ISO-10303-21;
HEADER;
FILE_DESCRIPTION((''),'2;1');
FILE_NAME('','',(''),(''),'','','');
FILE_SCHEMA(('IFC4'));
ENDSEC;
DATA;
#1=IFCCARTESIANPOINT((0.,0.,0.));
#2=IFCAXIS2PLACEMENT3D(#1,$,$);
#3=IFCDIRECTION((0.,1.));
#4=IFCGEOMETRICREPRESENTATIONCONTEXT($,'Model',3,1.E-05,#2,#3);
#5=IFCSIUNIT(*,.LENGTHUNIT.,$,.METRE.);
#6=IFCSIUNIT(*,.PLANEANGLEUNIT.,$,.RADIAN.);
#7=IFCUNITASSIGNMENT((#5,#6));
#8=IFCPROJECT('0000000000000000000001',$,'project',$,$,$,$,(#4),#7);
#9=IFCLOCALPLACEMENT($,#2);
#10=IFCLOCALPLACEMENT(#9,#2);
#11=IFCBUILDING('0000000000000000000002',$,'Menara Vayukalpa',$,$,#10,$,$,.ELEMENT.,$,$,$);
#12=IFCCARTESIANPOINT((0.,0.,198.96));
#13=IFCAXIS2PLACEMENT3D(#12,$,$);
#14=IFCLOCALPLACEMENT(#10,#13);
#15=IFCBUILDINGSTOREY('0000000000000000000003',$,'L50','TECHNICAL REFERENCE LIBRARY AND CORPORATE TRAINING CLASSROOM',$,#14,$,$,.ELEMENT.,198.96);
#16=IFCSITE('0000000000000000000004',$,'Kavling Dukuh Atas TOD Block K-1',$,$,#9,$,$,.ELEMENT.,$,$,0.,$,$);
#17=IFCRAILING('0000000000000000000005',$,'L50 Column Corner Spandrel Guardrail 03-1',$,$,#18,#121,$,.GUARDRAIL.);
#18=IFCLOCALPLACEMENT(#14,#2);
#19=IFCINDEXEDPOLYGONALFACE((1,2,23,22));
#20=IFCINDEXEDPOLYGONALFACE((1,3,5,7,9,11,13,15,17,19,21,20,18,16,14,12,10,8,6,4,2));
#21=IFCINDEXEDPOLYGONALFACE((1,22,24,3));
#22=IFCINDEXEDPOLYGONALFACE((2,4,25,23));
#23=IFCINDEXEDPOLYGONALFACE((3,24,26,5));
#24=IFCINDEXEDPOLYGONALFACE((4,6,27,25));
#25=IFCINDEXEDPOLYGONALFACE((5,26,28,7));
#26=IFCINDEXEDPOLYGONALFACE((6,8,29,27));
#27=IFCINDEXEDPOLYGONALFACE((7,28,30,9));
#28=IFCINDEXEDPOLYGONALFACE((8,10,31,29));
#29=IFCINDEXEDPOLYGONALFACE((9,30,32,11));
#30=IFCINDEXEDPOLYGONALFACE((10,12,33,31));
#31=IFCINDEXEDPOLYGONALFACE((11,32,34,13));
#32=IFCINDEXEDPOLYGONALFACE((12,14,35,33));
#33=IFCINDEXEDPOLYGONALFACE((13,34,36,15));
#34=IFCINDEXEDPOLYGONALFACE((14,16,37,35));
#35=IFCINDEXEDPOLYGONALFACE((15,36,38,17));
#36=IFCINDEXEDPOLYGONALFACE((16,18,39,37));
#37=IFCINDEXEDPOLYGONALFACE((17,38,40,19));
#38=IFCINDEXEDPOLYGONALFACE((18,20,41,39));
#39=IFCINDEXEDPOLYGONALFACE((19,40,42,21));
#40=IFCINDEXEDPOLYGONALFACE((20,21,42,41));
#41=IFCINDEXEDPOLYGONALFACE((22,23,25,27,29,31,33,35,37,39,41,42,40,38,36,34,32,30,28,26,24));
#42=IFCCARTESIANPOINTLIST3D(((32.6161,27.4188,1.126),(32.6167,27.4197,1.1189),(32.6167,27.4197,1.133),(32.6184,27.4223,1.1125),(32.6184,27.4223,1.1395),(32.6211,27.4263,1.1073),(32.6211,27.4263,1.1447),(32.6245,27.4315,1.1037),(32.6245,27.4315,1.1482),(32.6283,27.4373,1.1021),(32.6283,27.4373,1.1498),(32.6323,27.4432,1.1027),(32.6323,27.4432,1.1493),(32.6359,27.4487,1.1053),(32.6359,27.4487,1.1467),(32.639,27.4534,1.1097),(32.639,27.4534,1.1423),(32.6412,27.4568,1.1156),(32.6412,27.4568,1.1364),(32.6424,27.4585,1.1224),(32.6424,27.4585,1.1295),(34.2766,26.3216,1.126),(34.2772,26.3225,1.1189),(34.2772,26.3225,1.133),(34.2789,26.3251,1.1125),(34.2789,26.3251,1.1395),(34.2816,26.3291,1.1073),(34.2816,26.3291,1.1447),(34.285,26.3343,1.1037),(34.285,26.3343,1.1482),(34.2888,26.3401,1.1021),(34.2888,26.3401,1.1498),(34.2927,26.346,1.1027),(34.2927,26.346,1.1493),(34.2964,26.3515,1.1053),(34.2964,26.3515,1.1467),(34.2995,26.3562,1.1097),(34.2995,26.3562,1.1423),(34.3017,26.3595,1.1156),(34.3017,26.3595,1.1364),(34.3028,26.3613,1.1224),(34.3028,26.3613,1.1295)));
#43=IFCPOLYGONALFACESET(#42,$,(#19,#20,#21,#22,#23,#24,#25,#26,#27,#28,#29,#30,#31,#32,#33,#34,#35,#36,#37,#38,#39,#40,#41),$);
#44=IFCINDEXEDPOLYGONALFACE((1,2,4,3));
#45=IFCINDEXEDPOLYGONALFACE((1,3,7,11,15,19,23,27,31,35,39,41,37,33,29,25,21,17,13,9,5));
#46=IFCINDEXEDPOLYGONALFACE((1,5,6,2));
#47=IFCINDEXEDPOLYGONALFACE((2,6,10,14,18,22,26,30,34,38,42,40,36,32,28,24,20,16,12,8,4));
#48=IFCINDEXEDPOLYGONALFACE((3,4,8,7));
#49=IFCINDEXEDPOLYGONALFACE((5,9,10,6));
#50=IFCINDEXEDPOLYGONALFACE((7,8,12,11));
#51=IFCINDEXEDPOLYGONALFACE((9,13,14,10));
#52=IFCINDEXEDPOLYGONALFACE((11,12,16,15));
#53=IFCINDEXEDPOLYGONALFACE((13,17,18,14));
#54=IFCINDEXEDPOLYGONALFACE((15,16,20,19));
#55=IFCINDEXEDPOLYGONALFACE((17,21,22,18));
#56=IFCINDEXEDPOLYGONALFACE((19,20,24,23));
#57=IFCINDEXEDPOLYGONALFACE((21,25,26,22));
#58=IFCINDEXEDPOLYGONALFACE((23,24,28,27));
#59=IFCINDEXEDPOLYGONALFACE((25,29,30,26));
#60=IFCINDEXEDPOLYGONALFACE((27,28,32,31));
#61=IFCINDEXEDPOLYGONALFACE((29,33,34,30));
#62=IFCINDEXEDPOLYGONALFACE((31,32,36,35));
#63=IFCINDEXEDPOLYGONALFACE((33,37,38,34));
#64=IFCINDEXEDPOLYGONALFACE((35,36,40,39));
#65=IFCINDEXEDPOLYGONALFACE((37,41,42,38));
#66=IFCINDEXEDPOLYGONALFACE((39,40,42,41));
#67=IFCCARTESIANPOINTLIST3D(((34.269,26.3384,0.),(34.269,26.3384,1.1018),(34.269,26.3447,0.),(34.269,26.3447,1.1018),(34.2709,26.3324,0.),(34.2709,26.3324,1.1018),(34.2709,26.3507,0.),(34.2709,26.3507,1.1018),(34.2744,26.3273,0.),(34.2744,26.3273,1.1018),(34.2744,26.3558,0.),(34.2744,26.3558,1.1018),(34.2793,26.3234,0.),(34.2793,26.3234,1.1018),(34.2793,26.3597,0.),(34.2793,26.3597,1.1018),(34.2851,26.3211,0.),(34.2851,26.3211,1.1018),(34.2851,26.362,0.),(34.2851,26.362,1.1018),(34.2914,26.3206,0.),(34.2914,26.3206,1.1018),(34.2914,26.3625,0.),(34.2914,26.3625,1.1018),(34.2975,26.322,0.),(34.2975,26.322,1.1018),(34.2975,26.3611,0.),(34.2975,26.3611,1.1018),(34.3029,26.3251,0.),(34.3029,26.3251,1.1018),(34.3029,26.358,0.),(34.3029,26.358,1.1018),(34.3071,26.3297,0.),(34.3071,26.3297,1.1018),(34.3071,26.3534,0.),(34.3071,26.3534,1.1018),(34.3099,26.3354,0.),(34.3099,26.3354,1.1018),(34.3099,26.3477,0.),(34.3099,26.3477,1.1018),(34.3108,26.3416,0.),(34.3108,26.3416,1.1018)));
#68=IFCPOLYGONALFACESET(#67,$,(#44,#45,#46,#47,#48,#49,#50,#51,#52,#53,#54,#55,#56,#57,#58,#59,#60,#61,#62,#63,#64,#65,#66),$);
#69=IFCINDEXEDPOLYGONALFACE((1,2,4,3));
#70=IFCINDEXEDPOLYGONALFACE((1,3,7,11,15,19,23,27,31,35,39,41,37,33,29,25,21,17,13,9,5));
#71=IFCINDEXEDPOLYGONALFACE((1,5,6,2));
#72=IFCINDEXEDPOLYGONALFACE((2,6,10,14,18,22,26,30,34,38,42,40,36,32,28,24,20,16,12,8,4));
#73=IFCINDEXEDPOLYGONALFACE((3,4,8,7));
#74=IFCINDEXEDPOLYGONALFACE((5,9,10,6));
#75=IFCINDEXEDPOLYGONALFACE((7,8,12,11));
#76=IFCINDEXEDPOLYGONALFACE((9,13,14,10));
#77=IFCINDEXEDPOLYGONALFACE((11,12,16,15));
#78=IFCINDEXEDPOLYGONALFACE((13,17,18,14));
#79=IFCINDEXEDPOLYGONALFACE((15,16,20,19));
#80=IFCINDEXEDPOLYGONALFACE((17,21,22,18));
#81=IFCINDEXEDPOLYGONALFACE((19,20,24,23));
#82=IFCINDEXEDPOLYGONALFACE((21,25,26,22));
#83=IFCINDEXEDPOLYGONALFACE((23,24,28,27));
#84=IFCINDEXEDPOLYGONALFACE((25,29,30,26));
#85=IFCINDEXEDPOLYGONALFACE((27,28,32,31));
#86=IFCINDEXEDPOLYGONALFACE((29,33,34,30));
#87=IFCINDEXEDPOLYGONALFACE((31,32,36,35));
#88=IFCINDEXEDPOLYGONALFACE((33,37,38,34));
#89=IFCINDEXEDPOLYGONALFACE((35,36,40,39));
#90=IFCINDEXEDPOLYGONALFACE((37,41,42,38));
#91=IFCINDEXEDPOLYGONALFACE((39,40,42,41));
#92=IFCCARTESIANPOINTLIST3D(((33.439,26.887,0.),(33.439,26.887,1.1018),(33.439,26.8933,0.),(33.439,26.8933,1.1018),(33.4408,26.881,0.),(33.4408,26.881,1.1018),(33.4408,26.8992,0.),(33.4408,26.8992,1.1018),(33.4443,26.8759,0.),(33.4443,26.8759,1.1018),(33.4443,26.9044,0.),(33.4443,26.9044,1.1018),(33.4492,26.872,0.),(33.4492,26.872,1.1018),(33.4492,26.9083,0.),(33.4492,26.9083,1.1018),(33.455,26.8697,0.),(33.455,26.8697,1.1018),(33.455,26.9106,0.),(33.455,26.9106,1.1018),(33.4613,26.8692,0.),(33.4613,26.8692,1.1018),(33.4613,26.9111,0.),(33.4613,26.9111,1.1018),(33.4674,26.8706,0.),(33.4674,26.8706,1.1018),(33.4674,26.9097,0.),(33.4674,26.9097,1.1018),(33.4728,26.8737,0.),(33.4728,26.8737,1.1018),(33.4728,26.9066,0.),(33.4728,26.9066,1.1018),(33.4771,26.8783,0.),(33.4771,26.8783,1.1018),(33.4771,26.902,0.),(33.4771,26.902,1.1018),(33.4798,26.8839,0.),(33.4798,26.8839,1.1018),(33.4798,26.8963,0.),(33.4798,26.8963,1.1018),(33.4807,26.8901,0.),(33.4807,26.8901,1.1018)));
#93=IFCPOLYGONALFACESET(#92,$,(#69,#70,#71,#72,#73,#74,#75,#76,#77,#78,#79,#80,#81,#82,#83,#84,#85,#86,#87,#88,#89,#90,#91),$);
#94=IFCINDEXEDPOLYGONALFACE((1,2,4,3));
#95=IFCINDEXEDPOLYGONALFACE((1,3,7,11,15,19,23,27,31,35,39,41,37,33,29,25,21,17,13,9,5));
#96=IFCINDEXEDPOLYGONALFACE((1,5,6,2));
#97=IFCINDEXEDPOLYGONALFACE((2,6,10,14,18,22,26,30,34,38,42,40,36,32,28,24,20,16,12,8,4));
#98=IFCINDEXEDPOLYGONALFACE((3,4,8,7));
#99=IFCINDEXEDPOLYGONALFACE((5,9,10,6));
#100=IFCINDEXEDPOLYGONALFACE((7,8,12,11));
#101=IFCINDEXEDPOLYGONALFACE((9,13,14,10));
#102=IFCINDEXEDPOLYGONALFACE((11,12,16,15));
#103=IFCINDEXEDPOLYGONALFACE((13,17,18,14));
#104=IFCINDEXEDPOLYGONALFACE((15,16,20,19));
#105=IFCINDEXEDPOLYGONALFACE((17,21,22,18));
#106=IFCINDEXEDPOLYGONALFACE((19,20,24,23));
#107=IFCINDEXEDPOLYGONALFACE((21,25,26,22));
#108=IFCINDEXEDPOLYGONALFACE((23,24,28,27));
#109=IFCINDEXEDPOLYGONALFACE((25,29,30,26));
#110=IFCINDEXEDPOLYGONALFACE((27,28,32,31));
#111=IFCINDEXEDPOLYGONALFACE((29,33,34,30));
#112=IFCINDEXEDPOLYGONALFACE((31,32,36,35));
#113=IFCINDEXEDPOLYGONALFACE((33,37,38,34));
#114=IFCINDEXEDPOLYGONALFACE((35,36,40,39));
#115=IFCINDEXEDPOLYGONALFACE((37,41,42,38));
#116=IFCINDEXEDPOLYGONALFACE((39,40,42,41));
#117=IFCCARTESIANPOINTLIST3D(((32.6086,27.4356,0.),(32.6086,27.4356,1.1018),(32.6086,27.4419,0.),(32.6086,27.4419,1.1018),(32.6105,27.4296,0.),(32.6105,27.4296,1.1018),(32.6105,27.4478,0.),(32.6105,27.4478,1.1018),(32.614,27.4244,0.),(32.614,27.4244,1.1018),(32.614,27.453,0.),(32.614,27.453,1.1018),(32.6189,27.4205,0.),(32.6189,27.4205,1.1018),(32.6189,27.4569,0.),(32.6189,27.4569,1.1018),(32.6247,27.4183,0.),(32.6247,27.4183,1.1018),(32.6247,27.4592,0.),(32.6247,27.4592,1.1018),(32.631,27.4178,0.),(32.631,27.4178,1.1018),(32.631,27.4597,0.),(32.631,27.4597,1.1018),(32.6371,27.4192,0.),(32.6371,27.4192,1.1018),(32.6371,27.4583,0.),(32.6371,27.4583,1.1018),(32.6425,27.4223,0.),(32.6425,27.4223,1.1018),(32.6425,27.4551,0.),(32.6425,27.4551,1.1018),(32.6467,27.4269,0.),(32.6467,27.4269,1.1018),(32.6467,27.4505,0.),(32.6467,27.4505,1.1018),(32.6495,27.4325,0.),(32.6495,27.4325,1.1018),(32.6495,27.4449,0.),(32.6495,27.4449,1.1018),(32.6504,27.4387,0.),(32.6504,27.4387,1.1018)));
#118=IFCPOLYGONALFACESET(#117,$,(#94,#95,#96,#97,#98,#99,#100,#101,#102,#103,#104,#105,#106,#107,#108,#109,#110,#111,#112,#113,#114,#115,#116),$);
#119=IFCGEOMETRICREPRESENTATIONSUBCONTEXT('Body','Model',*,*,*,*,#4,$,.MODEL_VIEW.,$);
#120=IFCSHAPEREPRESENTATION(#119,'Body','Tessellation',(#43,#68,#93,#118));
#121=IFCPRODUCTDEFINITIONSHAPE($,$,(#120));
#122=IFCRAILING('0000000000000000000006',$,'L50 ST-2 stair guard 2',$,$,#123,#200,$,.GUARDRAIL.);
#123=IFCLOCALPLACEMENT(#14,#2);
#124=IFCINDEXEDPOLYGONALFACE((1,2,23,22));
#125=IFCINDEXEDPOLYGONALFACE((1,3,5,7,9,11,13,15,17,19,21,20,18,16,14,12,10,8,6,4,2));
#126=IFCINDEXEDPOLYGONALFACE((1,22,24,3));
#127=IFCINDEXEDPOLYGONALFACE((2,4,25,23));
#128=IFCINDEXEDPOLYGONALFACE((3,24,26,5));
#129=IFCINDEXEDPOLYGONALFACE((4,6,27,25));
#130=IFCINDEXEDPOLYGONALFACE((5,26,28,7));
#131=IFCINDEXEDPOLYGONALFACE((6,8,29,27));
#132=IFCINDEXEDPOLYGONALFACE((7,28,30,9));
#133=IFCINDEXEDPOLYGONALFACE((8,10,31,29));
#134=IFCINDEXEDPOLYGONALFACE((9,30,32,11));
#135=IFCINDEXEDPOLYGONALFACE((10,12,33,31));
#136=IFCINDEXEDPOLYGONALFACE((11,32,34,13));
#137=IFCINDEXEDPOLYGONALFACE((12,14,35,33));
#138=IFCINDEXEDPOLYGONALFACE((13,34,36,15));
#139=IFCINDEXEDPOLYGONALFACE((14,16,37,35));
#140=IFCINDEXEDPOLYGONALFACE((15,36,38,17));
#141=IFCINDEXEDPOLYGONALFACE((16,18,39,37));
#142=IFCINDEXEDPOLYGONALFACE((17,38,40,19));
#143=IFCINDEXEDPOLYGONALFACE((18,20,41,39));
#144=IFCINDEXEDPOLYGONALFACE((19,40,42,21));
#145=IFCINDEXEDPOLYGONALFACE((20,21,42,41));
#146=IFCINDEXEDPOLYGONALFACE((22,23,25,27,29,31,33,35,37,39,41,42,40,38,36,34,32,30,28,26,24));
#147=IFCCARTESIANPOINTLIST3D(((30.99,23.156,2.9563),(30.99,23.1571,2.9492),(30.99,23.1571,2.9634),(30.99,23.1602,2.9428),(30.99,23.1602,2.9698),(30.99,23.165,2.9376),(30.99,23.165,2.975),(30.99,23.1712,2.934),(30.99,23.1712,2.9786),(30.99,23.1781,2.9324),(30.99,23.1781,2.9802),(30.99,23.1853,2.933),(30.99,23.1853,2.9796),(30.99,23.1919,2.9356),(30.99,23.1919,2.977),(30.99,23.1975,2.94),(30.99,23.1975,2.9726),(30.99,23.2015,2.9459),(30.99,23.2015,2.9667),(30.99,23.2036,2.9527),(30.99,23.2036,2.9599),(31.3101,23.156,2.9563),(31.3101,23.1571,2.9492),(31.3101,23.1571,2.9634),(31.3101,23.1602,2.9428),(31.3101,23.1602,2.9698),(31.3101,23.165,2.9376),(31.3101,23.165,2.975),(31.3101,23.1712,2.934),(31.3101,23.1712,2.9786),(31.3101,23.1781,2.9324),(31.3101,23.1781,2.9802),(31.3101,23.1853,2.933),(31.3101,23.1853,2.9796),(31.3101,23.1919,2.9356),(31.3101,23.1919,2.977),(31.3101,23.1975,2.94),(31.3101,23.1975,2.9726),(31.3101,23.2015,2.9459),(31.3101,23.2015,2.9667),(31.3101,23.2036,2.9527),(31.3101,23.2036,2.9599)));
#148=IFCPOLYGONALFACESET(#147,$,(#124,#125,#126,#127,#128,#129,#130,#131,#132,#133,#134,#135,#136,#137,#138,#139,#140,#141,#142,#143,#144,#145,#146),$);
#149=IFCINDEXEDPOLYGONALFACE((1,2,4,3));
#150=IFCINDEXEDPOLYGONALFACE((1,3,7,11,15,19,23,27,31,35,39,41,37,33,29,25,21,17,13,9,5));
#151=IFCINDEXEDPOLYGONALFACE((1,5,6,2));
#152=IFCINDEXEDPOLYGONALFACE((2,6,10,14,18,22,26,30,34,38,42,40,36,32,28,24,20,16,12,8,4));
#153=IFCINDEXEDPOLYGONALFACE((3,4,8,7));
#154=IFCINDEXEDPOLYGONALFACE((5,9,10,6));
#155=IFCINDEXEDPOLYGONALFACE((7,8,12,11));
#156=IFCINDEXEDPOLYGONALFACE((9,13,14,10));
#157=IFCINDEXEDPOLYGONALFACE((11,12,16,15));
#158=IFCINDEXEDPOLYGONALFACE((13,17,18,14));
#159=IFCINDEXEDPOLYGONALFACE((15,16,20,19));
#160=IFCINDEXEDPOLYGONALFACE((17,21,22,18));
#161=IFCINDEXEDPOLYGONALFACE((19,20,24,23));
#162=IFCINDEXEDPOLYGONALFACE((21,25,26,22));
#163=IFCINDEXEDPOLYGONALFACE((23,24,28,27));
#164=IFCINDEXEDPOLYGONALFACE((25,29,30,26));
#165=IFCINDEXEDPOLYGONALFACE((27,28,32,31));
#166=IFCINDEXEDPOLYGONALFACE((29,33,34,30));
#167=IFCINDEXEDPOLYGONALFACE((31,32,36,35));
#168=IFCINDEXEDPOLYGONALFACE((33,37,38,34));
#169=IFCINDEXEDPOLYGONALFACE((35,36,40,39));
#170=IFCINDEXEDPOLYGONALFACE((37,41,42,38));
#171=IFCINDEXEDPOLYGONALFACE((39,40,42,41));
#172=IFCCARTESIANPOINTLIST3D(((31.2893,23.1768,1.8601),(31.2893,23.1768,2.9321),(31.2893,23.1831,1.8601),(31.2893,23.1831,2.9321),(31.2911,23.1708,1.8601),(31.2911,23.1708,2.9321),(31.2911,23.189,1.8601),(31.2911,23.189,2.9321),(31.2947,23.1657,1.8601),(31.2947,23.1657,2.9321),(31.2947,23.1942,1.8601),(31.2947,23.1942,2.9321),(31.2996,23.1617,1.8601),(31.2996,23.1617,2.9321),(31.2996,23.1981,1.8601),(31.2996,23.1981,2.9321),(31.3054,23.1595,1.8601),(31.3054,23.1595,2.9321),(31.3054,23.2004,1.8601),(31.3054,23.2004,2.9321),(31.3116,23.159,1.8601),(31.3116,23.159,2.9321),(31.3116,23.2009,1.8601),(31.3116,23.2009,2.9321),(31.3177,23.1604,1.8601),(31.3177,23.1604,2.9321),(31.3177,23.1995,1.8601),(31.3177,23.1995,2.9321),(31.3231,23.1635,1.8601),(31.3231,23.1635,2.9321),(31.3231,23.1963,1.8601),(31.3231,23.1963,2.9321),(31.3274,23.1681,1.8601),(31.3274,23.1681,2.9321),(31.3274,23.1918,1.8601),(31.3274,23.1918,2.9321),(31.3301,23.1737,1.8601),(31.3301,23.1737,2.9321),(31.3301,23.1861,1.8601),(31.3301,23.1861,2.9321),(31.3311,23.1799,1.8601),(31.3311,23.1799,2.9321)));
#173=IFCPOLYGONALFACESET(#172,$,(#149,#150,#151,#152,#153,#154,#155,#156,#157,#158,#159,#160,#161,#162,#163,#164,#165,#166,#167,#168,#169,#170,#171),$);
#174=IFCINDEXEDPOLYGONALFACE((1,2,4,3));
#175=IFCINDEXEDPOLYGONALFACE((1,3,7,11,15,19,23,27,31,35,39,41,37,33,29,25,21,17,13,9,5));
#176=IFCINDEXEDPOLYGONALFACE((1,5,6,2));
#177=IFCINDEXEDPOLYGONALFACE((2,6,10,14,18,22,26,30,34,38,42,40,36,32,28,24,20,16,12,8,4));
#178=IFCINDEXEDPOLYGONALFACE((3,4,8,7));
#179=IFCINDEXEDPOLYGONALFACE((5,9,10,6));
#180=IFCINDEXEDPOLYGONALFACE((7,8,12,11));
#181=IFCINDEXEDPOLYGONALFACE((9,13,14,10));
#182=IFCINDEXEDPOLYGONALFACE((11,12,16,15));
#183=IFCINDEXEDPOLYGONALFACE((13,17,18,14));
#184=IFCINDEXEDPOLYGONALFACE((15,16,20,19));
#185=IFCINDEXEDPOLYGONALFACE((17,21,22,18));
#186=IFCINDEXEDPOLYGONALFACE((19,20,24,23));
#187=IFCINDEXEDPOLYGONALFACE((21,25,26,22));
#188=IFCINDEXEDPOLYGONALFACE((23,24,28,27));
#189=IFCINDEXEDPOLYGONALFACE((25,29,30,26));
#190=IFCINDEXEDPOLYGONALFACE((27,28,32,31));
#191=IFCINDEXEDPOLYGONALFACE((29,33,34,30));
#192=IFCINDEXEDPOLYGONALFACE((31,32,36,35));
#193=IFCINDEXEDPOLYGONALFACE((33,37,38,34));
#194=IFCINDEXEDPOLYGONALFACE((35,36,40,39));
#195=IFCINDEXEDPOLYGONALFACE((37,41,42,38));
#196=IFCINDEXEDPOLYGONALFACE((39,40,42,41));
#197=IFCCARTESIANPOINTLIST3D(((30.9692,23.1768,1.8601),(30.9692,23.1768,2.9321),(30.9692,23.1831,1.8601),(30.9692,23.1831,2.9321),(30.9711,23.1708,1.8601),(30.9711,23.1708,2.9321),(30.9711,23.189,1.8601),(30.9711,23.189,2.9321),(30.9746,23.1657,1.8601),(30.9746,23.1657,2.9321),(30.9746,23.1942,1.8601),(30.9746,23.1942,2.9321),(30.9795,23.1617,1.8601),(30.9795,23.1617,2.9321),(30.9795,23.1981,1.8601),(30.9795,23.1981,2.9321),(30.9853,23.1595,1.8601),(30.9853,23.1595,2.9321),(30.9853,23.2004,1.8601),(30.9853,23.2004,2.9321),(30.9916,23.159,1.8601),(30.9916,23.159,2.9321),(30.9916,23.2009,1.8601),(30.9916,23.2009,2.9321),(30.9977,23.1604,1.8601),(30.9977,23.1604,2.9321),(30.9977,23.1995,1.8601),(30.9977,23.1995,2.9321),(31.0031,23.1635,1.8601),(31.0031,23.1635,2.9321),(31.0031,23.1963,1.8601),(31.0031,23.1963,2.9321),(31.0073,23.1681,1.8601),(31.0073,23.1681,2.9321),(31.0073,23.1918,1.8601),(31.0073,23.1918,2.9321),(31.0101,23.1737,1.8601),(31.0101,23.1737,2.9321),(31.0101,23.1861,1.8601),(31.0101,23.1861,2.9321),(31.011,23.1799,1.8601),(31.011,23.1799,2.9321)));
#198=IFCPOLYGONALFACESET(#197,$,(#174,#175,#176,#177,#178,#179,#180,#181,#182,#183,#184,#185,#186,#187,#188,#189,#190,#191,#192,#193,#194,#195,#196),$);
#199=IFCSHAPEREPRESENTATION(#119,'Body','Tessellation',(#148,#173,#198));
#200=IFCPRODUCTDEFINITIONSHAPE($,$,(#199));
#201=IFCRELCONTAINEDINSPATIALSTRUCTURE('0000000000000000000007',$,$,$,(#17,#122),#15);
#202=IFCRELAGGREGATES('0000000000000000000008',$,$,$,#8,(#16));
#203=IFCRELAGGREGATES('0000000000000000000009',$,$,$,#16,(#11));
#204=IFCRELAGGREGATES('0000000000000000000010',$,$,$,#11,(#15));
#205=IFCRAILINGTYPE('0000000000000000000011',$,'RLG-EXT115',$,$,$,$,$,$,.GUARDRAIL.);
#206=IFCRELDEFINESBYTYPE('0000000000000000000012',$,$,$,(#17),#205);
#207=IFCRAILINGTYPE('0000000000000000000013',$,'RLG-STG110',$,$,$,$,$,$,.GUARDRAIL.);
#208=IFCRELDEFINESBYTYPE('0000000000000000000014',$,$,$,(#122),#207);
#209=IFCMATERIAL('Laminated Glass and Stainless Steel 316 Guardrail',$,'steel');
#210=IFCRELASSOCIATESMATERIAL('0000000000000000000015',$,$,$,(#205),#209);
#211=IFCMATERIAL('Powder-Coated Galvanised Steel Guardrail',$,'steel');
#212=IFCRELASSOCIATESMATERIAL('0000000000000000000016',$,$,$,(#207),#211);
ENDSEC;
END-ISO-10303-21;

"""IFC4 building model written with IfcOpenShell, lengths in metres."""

from ifc_helpers import new_model, si_unit, direction, frame, origin, origin_2d, place, context, subcontext, project, spatial, circle, extrude, material, type_object, element, save


model = new_model("IFC4")

# Units and contexts
model_context = context("Model", 3, precision=1e-05, world=origin(), true_north=direction((0.0, 1.0)))
body_context = subcontext(model_context, "Body", "Model", "MODEL_VIEW")
ifc_project = project(units=[si_unit("LENGTHUNIT", "METRE"), si_unit("PLANEANGLEUNIT", "RADIAN")], contexts=[model_context])

# Site, building, storey
site_placement = place(None, origin())
site = spatial("IfcSite", under=ifc_project, at=site_placement, Name="Kavling Dukuh Atas TOD Block K-1", CompositionType="ELEMENT", RefElevation=0.0)
building_placement = place(site_placement, origin())
building = spatial("IfcBuilding", under=site, at=building_placement, Name="Menara Vayukalpa", CompositionType="ELEMENT")
storey_placement = place(building_placement, frame((0.0, 0.0, 198.96)))
storey = spatial("IfcBuildingStorey", under=building, at=storey_placement, Name="L50", Description="TECHNICAL REFERENCE LIBRARY AND CORPORATE TRAINING CLASSROOM", CompositionType="ELEMENT", Elevation=198.96)

# Railings
ifc_material_1 = material(Name="Laminated Glass and Stainless Steel 316 Guardrail", Category="steel")
railing_type_1 = type_object("IfcRailingType", Name="RLG-EXT115", PredefinedType="GUARDRAIL", material=ifc_material_1)
railing_1_placement = place(storey_placement, frame((34.2898, 26.3416, 0.0)))
element("IfcRailing", 1, at=railing_1_placement, inside=storey, type_object=railing_type_1, Name="L50 Column Corner Spandrel Guardrail 03-1", PredefinedType="GUARDRAIL", context=body_context, shape_type="SweptSolid", body=[
    extrude(circle(Radius=0.0239, at=origin_2d()), frame((0.0, 0.0, 1.126), z_axis=(-0.834308, 0.551298, 0.0), x_axis=(-0.551298, -0.834308, 0.0)), (0.0, 0.0, 1.0), 1.9902),
    extrude(circle(Radius=0.021, at=origin_2d()), origin(), (0.0, 0.0, 1.0), 1.1018),
    extrude(circle(Radius=0.021, at=origin_2d()), frame((-0.8301, 0.5486, 0.0)), (0.0, 0.0, 1.0), 1.1018),
    extrude(circle(Radius=0.021, at=origin_2d()), frame((-1.6604, 1.0972, 0.0)), (0.0, 0.0, 1.0), 1.1018),
])
ifc_material_2 = material(Name="Powder-Coated Galvanised Steel Guardrail", Category="steel")
railing_type_2 = type_object("IfcRailingType", Name="RLG-STG110", PredefinedType="GUARDRAIL", material=ifc_material_2)
railing_2_placement = place(storey_placement, frame((31.3101, 23.1799, 1.8601)))
element("IfcRailing", 2, at=railing_2_placement, inside=storey, type_object=railing_type_2, Name="L50 ST-2 stair guard 2", PredefinedType="GUARDRAIL", context=body_context, shape_type="SweptSolid", body=[
    extrude(circle(Radius=0.0239, at=origin_2d()), frame((0.0, 0.0, 1.0962), z_axis=(-1.0, 0.0, 0.0), x_axis=(0.0, -1.0, 0.0)), (0.0, 0.0, 1.0), 0.3201),
    extrude(circle(Radius=0.021, at=origin_2d()), origin(), (0.0, 0.0, 1.0), 1.072),
    extrude(circle(Radius=0.021, at=origin_2d()), frame((-0.3201, 0.0, 0.0)), (0.0, 0.0, 1.0), 1.072),
])

save(model, "model.ifc")
